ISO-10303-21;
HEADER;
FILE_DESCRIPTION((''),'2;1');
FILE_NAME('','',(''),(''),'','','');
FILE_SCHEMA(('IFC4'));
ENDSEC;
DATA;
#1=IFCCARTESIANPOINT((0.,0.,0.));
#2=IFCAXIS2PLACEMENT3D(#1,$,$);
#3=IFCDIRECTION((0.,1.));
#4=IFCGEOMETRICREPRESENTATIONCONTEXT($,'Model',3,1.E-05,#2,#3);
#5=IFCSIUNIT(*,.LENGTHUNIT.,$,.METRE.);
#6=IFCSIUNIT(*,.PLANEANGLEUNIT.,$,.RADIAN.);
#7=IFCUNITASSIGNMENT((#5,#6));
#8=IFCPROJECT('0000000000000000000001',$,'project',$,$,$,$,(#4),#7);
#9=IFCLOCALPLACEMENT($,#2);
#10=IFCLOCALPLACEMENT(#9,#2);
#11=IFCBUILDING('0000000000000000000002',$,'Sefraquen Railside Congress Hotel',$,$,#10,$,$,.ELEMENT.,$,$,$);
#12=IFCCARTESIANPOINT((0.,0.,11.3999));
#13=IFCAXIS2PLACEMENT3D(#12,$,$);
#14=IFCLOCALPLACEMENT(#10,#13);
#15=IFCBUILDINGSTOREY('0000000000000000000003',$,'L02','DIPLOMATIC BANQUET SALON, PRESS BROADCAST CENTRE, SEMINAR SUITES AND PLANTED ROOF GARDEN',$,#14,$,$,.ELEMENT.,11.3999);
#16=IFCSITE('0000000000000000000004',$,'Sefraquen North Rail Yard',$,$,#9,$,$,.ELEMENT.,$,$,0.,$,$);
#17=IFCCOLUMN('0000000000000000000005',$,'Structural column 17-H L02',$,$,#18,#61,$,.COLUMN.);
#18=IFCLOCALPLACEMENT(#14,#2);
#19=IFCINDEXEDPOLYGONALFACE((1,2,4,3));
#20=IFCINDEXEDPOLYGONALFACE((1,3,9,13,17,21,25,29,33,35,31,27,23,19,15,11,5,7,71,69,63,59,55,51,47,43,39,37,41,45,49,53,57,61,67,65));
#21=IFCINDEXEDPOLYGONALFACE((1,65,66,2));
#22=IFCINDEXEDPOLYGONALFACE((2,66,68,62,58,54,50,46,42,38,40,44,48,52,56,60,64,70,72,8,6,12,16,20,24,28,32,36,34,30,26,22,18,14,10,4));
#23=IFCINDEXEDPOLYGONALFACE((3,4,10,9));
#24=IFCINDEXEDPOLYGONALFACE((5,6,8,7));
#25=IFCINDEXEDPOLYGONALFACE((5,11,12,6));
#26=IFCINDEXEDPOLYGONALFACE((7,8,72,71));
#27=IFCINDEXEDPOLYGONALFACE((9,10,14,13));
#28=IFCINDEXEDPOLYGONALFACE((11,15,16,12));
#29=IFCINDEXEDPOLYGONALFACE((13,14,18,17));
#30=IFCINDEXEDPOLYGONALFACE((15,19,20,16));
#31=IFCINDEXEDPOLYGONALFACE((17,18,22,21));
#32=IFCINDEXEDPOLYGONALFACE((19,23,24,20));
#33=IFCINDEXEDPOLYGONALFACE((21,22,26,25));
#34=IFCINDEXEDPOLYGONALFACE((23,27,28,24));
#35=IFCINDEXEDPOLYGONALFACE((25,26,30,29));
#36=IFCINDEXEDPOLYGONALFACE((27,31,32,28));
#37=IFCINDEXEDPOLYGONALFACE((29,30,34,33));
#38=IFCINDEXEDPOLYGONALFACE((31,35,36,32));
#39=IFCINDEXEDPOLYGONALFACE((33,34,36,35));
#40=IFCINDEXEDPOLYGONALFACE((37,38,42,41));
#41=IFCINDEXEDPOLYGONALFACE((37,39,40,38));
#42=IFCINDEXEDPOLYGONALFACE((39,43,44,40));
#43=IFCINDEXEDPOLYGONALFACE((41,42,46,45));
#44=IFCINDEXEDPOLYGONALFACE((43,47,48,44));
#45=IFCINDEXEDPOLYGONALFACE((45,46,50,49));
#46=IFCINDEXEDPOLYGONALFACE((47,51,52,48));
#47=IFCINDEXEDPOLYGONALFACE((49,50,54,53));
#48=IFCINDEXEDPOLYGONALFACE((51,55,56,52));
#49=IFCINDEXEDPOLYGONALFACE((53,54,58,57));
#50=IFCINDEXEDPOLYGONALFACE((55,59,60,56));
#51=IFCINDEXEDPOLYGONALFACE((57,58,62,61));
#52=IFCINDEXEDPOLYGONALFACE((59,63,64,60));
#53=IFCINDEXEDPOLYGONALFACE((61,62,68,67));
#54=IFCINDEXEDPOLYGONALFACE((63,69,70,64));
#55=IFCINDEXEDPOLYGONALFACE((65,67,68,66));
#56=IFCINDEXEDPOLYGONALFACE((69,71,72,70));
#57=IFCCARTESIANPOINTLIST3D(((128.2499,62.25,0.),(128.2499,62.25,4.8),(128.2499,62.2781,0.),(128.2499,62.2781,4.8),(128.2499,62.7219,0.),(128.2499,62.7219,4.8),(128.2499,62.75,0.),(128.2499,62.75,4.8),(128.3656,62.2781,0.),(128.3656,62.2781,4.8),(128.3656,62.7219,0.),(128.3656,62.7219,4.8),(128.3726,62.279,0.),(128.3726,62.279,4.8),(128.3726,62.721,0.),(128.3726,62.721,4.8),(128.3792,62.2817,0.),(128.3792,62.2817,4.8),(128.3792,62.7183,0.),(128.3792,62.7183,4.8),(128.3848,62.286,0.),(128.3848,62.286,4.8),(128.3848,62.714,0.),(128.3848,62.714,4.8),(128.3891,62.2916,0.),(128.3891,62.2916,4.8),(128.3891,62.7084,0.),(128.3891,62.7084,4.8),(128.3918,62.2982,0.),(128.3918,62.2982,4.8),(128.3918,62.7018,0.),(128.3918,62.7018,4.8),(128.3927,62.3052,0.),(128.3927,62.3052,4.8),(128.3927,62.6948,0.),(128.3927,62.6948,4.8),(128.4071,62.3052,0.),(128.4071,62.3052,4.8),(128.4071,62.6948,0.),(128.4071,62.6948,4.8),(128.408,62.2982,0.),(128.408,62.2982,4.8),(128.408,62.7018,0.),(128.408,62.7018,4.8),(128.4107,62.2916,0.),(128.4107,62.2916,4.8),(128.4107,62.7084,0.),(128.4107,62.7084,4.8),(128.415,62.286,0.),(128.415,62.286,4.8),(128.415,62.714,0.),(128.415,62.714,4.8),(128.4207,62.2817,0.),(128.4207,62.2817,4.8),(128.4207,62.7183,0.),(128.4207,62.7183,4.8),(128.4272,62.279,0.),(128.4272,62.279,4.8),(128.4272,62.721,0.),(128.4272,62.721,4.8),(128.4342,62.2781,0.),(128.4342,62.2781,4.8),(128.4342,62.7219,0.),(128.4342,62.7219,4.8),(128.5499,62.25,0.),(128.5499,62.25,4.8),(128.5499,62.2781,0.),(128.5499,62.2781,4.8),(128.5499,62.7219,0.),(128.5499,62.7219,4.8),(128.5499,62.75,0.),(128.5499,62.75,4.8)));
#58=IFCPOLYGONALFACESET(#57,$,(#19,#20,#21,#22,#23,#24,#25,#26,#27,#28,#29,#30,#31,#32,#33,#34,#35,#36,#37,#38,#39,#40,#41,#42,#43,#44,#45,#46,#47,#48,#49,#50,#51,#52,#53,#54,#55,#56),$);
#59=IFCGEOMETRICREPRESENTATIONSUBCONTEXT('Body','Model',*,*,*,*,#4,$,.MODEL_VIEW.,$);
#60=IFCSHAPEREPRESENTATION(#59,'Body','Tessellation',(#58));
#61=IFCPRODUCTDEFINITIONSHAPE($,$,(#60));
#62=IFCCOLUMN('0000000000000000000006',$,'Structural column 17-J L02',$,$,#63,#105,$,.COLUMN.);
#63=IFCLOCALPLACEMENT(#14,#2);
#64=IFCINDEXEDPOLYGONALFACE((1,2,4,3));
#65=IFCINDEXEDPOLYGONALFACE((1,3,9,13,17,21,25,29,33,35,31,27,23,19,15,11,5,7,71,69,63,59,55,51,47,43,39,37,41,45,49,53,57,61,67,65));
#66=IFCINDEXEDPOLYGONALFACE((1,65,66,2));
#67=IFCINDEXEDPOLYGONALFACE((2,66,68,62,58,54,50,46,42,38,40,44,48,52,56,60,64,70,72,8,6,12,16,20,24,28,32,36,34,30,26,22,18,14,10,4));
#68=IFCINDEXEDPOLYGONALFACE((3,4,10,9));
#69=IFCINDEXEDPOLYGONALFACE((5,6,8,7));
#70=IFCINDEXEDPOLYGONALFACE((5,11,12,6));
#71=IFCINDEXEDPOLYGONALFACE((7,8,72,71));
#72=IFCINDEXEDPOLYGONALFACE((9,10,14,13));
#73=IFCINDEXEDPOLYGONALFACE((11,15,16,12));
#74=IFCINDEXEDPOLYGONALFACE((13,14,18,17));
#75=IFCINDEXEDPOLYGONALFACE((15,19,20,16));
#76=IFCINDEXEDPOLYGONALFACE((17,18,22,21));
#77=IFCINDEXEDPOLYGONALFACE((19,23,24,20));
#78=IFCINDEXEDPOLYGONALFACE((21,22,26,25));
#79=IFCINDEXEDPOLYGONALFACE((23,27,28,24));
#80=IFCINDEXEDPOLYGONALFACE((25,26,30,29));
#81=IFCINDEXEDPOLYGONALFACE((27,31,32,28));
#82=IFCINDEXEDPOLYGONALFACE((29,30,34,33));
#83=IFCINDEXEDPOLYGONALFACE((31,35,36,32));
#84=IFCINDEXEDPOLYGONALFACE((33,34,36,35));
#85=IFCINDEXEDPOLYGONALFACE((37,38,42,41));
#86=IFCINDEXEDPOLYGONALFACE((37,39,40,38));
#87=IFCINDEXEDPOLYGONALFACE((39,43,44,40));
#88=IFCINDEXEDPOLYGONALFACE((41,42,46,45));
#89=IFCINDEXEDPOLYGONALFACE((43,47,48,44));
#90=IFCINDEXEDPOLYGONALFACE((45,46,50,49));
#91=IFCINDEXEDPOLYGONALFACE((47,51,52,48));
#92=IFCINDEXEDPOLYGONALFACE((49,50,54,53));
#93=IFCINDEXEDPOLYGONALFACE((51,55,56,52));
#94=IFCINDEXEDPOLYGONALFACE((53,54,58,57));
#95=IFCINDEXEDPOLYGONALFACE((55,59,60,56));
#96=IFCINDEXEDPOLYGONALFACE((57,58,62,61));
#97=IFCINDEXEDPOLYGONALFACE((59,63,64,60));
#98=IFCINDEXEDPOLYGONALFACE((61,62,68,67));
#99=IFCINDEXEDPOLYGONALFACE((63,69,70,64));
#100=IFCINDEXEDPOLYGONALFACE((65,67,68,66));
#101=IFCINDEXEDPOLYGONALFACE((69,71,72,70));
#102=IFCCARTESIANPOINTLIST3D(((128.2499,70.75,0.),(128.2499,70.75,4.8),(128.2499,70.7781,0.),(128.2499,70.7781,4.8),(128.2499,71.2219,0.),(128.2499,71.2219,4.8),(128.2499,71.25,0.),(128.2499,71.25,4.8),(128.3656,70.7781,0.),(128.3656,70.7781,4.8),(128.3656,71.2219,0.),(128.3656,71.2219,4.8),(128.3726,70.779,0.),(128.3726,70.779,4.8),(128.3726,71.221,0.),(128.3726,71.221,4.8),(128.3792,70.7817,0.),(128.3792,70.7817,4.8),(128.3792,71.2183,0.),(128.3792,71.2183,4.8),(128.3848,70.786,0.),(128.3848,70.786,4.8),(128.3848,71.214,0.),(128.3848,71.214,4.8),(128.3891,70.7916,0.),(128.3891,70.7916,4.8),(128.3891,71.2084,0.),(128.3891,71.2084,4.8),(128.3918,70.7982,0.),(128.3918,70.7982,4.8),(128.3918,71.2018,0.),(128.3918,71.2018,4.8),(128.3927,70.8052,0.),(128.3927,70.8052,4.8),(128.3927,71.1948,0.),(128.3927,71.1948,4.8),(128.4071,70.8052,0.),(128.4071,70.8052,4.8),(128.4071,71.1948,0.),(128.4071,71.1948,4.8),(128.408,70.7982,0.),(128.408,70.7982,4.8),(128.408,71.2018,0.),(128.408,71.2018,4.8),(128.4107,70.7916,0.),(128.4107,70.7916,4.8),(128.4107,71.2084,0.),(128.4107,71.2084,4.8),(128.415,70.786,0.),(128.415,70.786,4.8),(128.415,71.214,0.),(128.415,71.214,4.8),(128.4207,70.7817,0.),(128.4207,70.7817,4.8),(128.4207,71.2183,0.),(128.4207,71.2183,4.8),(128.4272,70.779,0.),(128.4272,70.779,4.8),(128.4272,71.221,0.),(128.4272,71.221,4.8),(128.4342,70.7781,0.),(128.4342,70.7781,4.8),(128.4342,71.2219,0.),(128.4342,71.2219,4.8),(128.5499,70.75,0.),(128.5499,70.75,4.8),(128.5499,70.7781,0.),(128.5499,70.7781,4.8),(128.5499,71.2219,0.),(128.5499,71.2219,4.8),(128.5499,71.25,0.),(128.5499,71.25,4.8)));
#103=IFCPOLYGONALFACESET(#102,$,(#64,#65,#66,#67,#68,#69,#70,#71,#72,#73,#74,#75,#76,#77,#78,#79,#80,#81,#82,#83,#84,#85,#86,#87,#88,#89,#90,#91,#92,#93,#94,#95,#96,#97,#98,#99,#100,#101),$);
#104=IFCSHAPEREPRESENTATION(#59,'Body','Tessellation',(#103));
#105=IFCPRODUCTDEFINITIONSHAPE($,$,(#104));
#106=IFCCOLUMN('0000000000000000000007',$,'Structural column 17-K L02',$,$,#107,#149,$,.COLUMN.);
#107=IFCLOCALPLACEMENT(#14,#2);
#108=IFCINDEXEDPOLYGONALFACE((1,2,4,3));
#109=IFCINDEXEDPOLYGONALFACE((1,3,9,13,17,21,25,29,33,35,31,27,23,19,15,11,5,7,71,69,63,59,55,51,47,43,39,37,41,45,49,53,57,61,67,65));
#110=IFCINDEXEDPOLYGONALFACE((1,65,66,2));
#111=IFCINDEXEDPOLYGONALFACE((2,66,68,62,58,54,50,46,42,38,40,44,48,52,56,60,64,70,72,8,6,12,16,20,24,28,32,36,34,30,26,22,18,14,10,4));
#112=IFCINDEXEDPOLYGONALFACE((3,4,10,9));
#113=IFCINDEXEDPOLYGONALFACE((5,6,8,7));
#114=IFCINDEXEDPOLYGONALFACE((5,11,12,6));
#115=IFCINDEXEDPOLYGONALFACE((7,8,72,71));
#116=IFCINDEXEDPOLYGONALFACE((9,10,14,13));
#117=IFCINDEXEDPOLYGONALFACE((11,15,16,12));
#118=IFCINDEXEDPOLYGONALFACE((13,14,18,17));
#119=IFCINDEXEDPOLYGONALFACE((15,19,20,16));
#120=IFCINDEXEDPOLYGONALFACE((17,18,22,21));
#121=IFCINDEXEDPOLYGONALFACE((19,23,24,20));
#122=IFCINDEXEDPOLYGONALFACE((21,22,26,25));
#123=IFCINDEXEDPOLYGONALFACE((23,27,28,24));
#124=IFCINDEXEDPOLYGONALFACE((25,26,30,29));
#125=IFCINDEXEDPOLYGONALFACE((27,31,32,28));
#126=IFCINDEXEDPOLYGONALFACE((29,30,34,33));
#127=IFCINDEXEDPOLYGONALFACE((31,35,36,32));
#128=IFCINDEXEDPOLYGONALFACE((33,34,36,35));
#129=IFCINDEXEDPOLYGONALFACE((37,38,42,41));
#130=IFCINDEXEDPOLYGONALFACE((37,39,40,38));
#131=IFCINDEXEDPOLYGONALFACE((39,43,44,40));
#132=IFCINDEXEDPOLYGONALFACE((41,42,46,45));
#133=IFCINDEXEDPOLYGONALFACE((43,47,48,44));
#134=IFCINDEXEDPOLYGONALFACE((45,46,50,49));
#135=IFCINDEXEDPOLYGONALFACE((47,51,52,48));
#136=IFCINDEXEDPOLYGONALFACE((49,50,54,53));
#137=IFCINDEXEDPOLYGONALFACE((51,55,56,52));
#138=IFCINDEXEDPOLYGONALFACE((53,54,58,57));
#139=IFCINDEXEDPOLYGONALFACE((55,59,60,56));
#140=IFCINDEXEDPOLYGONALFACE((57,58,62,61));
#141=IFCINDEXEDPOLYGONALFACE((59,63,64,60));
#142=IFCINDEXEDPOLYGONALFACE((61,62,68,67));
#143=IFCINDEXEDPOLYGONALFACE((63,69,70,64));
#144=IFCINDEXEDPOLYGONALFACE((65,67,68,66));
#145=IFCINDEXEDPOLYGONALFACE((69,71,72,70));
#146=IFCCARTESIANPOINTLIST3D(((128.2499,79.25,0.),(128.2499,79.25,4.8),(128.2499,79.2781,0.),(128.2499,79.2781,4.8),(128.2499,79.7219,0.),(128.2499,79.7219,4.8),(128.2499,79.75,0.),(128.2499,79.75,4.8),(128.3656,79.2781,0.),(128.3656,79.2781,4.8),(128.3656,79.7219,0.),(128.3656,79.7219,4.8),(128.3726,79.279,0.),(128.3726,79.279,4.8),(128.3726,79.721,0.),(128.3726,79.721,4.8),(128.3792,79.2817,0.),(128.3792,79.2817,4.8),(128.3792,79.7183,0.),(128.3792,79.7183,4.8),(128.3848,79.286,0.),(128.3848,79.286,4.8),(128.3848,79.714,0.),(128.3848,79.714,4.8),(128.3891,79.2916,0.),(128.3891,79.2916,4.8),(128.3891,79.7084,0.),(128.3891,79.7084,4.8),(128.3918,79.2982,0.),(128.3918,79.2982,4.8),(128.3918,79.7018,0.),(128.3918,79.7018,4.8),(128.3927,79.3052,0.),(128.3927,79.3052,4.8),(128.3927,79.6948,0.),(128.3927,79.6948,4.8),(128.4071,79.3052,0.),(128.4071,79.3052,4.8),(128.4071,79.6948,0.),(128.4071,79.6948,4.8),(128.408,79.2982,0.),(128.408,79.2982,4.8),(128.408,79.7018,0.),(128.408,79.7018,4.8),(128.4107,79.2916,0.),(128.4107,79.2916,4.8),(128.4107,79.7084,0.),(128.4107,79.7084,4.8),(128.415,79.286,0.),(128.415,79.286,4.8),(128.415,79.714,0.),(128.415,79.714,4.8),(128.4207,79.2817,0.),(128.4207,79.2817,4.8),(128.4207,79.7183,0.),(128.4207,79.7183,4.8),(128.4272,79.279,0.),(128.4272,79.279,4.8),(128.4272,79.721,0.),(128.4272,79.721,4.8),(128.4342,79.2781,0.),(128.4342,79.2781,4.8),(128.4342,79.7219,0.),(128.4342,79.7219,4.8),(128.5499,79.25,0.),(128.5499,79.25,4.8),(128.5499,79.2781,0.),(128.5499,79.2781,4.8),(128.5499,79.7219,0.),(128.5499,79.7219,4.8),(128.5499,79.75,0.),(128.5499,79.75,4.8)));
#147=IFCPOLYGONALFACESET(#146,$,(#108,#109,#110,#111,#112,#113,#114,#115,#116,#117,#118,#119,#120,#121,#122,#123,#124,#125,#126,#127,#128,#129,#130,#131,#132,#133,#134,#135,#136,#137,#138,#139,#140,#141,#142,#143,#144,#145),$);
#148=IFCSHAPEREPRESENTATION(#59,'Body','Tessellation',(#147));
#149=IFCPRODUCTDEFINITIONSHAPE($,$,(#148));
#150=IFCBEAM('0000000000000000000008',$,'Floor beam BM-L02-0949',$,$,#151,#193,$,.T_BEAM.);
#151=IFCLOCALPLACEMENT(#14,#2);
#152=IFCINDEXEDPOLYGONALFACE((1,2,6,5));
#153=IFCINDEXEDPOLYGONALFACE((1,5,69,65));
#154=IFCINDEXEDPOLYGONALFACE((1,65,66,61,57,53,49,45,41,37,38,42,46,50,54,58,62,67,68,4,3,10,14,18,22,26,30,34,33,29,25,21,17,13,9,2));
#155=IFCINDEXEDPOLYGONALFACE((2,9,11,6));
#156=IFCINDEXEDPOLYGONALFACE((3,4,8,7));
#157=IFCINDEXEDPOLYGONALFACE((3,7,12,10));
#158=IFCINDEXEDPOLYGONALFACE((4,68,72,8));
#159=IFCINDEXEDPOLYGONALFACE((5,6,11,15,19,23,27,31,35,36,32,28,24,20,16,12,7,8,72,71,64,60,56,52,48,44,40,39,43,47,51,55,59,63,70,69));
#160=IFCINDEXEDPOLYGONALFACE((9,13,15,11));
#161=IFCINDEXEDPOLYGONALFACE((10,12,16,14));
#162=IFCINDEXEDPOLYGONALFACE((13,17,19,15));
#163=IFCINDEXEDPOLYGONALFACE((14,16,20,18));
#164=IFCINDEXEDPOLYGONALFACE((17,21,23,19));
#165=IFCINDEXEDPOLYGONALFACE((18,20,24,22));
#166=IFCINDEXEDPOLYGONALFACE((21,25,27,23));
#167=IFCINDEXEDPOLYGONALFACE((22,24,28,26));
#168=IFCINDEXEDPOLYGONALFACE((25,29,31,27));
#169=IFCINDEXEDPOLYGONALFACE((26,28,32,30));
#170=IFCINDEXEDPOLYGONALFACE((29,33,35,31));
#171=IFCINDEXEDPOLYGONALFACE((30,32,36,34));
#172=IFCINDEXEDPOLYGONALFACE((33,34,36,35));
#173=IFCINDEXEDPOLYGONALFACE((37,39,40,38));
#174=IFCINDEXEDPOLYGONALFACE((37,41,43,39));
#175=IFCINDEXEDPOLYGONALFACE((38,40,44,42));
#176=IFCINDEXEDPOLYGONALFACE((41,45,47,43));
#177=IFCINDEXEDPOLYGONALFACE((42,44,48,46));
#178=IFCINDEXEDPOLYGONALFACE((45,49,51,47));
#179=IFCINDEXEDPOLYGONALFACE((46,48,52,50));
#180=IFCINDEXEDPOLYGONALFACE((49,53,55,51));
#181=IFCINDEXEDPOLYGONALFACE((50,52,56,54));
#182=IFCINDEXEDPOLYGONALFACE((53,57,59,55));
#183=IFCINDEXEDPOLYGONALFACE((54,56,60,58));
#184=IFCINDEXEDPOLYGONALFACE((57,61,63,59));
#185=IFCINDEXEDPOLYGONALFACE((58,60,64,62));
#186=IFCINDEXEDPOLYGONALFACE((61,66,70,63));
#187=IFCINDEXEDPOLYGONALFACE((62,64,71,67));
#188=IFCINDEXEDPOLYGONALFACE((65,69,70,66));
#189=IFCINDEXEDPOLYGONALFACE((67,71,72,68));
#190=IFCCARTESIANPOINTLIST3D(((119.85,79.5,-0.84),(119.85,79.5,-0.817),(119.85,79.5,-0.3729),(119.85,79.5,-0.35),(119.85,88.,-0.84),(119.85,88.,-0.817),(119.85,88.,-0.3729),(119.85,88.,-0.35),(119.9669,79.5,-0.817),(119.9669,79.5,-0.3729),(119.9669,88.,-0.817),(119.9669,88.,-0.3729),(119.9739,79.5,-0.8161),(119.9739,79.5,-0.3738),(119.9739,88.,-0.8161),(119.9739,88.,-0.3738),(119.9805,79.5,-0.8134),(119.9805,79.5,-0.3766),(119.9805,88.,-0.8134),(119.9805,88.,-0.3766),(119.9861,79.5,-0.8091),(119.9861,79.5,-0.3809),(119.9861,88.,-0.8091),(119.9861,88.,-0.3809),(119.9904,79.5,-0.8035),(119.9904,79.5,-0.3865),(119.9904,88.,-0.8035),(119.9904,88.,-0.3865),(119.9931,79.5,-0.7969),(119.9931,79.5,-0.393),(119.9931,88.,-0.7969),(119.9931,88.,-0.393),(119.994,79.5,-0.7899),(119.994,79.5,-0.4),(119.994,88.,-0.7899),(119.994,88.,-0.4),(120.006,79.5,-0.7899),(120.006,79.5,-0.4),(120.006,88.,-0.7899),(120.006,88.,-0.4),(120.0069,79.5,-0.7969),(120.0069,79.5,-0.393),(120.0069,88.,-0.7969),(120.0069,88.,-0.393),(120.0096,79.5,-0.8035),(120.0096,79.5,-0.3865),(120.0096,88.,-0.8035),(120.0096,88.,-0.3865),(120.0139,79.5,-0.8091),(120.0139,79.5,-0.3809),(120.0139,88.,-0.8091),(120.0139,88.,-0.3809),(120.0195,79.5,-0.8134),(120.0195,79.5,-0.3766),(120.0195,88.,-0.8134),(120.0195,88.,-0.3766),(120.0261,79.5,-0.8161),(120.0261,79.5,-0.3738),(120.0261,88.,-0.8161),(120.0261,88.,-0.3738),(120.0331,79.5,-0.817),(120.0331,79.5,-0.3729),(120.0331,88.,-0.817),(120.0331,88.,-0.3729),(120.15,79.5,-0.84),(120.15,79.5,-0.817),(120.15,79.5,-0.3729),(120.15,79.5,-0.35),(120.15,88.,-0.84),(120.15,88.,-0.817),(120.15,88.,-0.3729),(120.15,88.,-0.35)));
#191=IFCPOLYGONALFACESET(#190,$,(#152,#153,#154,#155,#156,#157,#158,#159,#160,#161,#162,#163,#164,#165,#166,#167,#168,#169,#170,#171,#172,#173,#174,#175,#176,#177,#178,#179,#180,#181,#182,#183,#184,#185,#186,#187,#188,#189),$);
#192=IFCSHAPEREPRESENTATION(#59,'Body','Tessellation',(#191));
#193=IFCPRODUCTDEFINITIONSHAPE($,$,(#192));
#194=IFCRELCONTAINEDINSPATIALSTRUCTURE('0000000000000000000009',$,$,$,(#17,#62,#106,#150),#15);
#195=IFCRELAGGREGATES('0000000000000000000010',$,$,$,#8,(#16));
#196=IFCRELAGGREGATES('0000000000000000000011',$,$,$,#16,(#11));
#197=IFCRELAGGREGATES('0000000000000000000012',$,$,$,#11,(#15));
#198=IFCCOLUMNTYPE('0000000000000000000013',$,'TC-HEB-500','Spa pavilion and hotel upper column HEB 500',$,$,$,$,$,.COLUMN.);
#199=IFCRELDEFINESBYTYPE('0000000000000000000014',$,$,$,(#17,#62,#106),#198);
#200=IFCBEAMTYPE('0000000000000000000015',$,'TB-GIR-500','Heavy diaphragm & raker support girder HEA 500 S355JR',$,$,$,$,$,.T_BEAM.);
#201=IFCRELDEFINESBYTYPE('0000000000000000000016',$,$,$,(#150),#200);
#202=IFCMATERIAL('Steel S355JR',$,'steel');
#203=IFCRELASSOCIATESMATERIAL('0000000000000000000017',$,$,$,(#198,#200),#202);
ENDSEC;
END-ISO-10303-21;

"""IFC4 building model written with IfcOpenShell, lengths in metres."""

from ifc_helpers import new_model, si_unit, direction, frame, origin, origin_2d, place, context, subcontext, project, spatial, i_section, extrude, material, material_profile, profile_set, type_object, element, save


model = new_model("IFC4")

# Units and contexts
model_context = context("Model", 3, precision=1e-05, world=origin(), true_north=direction((0.0, 1.0)))
body_context = subcontext(model_context, "Body", "Model", "MODEL_VIEW")
ifc_project = project(units=[si_unit("LENGTHUNIT", "METRE"), si_unit("PLANEANGLEUNIT", "RADIAN")], contexts=[model_context])

# Site, building, storey
site_placement = place(None, origin())
site = spatial("IfcSite", under=ifc_project, at=site_placement, Name="Sefraquen North Rail Yard", CompositionType="ELEMENT", RefElevation=0.0)
building_placement = place(site_placement, origin())
building = spatial("IfcBuilding", under=site, at=building_placement, Name="Sefraquen Railside Congress Hotel", CompositionType="ELEMENT")
storey_placement = place(building_placement, frame((0.0, 0.0, 11.3999)))
storey = spatial("IfcBuildingStorey", under=building, at=storey_placement, Name="L02", Description="DIPLOMATIC BANQUET SALON, PRESS BROADCAST CENTRE, SEMINAR SUITES AND PLANTED ROOF GARDEN", CompositionType="ELEMENT", Elevation=11.3999)

# Columns
ifc_material_1 = material(Name="Steel S355JR", Category="steel")
ifc_material_profile_1 = material_profile(ifc_material_1, i_section(OverallWidth=0.3, OverallDepth=0.5, WebThickness=0.0144, FlangeThickness=0.0281, FilletRadius=0.0271, at=origin_2d()), Name="HEB 500")
ifc_profile_set_1 = profile_set([ifc_material_profile_1], Name="Steel S355JR")
column_type = type_object("IfcColumnType", Name="TC-HEB-500", Description="Spa pavilion and hotel upper column HEB 500", PredefinedType="COLUMN", material=ifc_profile_set_1)
for number, where, z_axis, x_axis, name in (
    (1, (128.3999, 62.5, 0.0), (0.0, 0.0, 1.0), (1.0, 0.0, 0.0), "Structural column 17-H L02"),
    (2, (128.3999, 71.0, 0.0), (0.0, 0.0, 1.0), (1.0, 0.0, 0.0), "Structural column 17-J L02"),
    (3, (128.3999, 79.5, 0.0), (0.0, 0.0, 1.0), (1.0, 0.0, 0.0), "Structural column 17-K L02"),
):
    element("IfcColumn", number, at=place(storey_placement, frame(where, z_axis=z_axis, x_axis=x_axis)), inside=storey, type_object=column_type, Name=name, PredefinedType="COLUMN", context=body_context, shape_type="SweptSolid", body=[
        extrude(i_section(OverallWidth=0.3, OverallDepth=0.5, WebThickness=0.0144, FlangeThickness=0.0281, FilletRadius=0.0271, at=origin_2d()), origin(), (0.0, 0.0, 1.0), 4.8),
    ])

# Beam
ifc_material_profile_2 = material_profile(ifc_material_1, i_section(OverallWidth=0.3, OverallDepth=0.49, WebThickness=0.012, FlangeThickness=0.0229, FilletRadius=0.0271, at=origin_2d()), Name="HEA 500")
ifc_profile_set_2 = profile_set([ifc_material_profile_2], Name="Steel S355JR")
beam_type_1 = type_object("IfcBeamType", Name="TB-GIR-500", Description="Heavy diaphragm & raker support girder HEA 500 S355JR", PredefinedType="T_BEAM", material=ifc_profile_set_2)
for number, where, z_axis, x_axis, name in (
    (4, (120.0, 79.5, -0.595), (0.0, 1.0, 0.0), (-1.0, 0.0, 0.0), "Floor beam BM-L02-0949"),
):
    element("IfcBeam", number, at=place(storey_placement, frame(where, z_axis=z_axis, x_axis=x_axis)), inside=storey, type_object=beam_type_1, Name=name, PredefinedType="T_BEAM", context=body_context, shape_type="SweptSolid", body=[
        extrude(i_section(OverallWidth=0.3, OverallDepth=0.49, WebThickness=0.012, FlangeThickness=0.0229, FilletRadius=0.0271, at=origin_2d()), origin(), (0.0, 0.0, 1.0), 8.5),
    ])

save(model, "model.ifc")
